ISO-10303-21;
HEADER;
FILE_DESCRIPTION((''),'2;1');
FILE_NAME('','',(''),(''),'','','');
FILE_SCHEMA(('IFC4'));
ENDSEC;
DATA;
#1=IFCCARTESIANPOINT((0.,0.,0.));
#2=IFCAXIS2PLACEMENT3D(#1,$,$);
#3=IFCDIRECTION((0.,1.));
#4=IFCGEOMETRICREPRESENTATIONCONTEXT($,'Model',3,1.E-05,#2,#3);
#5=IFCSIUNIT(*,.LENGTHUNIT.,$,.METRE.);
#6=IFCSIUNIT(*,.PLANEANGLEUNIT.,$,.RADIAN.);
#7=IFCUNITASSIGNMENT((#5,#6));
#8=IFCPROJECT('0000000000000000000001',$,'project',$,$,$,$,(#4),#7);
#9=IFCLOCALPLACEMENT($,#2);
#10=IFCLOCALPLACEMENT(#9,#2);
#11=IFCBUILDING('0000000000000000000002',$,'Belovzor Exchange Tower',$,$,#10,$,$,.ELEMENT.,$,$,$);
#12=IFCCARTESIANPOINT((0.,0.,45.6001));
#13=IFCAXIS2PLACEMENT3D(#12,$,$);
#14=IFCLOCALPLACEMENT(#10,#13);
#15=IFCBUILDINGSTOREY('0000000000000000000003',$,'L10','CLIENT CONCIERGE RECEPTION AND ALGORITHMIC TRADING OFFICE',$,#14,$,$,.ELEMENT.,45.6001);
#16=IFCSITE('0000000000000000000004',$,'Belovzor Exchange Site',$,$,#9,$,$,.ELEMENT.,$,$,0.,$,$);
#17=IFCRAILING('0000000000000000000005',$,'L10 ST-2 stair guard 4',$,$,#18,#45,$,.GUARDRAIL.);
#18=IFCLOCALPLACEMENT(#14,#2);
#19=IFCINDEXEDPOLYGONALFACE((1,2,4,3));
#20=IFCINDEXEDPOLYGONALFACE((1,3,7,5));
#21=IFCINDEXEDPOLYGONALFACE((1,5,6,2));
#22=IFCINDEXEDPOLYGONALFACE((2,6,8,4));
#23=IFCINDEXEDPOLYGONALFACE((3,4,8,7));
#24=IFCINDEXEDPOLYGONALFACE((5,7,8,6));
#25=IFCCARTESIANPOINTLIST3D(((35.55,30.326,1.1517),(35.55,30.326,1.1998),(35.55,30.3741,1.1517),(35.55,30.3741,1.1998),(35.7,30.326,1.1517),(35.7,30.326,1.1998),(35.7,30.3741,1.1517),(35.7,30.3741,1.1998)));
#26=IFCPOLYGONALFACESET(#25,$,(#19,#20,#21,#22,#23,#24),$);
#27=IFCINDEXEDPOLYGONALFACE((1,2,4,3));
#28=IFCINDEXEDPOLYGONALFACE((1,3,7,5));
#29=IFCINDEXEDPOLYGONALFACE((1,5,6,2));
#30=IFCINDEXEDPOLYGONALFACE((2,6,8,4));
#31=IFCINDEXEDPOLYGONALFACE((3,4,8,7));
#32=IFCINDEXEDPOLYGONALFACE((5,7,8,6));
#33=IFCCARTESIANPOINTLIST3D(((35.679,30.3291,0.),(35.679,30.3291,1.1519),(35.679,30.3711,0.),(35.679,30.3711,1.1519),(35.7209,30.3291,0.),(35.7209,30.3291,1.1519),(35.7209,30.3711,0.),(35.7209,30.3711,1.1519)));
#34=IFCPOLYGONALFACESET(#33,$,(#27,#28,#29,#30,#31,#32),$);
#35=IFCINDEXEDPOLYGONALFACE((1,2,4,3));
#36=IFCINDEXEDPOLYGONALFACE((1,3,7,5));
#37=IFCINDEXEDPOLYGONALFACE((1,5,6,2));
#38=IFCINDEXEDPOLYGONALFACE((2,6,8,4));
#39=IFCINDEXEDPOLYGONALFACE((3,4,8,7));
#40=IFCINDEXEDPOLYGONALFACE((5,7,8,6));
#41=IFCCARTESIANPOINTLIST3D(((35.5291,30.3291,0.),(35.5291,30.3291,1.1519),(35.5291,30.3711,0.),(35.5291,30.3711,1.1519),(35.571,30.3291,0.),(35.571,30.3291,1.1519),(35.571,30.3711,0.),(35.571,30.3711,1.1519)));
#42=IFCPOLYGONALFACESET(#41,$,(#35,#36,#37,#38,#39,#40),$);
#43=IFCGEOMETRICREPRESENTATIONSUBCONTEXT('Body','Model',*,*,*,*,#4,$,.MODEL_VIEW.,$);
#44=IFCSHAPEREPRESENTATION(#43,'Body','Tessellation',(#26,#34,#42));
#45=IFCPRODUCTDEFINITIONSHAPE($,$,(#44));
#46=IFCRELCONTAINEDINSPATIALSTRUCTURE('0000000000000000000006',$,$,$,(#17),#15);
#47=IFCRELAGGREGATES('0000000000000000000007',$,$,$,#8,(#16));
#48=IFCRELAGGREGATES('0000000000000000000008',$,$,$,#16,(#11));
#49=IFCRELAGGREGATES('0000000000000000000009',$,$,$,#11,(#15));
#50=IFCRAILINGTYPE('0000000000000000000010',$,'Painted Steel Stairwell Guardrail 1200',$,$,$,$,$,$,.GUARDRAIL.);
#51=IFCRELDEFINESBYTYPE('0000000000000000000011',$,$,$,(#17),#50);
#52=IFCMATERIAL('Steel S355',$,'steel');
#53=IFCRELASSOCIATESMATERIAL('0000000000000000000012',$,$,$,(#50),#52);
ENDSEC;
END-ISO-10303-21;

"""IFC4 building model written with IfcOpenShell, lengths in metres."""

from ifc_helpers import new_model, si_unit, direction, frame, origin, origin_2d, place, context, subcontext, project, spatial, rectangle, extrude, material, type_object, element, save


model = new_model("IFC4")

# Units and contexts
model_context = context("Model", 3, precision=1e-05, world=origin(), true_north=direction((0.0, 1.0)))
body_context = subcontext(model_context, "Body", "Model", "MODEL_VIEW")
ifc_project = project(units=[si_unit("LENGTHUNIT", "METRE"), si_unit("PLANEANGLEUNIT", "RADIAN")], contexts=[model_context])

# Site, building, storey
site_placement = place(None, origin())
site = spatial("IfcSite", under=ifc_project, at=site_placement, Name="Belovzor Exchange Site", CompositionType="ELEMENT", RefElevation=0.0)
building_placement = place(site_placement, origin())
building = spatial("IfcBuilding", under=site, at=building_placement, Name="Belovzor Exchange Tower", CompositionType="ELEMENT")
storey_placement = place(building_placement, frame((0.0, 0.0, 45.6001)))
storey = spatial("IfcBuildingStorey", under=building, at=storey_placement, Name="L10", Description="CLIENT CONCIERGE RECEPTION AND ALGORITHMIC TRADING OFFICE", CompositionType="ELEMENT", Elevation=45.6001)

# Railing
ifc_material_1 = material(Name="Steel S355", Category="steel")
railing_type_1 = type_object("IfcRailingType", Name="Painted Steel Stairwell Guardrail 1200", PredefinedType="GUARDRAIL", material=ifc_material_1)
railing_1_placement = place(storey_placement, frame((35.7, 30.3501, 0.0)))
element("IfcRailing", 1, at=railing_1_placement, inside=storey, type_object=railing_type_1, Name="L10 ST-2 stair guard 4", PredefinedType="GUARDRAIL", context=body_context, shape_type="SweptSolid", body=[
    extrude(rectangle(XDim=0.0481, YDim=0.0481, at=origin_2d()), frame((0.0, 0.0, 1.1758), z_axis=(-1.0, 0.0, 0.0), x_axis=(0.0, -1.0, 0.0)), (0.0, 0.0, 1.0), 0.1499),
    extrude(rectangle(XDim=0.042, YDim=0.042, at=origin_2d()), origin(), (0.0, 0.0, 1.0), 1.1519),
    extrude(rectangle(XDim=0.042, YDim=0.042, at=origin_2d()), frame((-0.1499, 0.0, 0.0)), (0.0, 0.0, 1.0), 1.1519),
])

save(model, "model.ifc")
